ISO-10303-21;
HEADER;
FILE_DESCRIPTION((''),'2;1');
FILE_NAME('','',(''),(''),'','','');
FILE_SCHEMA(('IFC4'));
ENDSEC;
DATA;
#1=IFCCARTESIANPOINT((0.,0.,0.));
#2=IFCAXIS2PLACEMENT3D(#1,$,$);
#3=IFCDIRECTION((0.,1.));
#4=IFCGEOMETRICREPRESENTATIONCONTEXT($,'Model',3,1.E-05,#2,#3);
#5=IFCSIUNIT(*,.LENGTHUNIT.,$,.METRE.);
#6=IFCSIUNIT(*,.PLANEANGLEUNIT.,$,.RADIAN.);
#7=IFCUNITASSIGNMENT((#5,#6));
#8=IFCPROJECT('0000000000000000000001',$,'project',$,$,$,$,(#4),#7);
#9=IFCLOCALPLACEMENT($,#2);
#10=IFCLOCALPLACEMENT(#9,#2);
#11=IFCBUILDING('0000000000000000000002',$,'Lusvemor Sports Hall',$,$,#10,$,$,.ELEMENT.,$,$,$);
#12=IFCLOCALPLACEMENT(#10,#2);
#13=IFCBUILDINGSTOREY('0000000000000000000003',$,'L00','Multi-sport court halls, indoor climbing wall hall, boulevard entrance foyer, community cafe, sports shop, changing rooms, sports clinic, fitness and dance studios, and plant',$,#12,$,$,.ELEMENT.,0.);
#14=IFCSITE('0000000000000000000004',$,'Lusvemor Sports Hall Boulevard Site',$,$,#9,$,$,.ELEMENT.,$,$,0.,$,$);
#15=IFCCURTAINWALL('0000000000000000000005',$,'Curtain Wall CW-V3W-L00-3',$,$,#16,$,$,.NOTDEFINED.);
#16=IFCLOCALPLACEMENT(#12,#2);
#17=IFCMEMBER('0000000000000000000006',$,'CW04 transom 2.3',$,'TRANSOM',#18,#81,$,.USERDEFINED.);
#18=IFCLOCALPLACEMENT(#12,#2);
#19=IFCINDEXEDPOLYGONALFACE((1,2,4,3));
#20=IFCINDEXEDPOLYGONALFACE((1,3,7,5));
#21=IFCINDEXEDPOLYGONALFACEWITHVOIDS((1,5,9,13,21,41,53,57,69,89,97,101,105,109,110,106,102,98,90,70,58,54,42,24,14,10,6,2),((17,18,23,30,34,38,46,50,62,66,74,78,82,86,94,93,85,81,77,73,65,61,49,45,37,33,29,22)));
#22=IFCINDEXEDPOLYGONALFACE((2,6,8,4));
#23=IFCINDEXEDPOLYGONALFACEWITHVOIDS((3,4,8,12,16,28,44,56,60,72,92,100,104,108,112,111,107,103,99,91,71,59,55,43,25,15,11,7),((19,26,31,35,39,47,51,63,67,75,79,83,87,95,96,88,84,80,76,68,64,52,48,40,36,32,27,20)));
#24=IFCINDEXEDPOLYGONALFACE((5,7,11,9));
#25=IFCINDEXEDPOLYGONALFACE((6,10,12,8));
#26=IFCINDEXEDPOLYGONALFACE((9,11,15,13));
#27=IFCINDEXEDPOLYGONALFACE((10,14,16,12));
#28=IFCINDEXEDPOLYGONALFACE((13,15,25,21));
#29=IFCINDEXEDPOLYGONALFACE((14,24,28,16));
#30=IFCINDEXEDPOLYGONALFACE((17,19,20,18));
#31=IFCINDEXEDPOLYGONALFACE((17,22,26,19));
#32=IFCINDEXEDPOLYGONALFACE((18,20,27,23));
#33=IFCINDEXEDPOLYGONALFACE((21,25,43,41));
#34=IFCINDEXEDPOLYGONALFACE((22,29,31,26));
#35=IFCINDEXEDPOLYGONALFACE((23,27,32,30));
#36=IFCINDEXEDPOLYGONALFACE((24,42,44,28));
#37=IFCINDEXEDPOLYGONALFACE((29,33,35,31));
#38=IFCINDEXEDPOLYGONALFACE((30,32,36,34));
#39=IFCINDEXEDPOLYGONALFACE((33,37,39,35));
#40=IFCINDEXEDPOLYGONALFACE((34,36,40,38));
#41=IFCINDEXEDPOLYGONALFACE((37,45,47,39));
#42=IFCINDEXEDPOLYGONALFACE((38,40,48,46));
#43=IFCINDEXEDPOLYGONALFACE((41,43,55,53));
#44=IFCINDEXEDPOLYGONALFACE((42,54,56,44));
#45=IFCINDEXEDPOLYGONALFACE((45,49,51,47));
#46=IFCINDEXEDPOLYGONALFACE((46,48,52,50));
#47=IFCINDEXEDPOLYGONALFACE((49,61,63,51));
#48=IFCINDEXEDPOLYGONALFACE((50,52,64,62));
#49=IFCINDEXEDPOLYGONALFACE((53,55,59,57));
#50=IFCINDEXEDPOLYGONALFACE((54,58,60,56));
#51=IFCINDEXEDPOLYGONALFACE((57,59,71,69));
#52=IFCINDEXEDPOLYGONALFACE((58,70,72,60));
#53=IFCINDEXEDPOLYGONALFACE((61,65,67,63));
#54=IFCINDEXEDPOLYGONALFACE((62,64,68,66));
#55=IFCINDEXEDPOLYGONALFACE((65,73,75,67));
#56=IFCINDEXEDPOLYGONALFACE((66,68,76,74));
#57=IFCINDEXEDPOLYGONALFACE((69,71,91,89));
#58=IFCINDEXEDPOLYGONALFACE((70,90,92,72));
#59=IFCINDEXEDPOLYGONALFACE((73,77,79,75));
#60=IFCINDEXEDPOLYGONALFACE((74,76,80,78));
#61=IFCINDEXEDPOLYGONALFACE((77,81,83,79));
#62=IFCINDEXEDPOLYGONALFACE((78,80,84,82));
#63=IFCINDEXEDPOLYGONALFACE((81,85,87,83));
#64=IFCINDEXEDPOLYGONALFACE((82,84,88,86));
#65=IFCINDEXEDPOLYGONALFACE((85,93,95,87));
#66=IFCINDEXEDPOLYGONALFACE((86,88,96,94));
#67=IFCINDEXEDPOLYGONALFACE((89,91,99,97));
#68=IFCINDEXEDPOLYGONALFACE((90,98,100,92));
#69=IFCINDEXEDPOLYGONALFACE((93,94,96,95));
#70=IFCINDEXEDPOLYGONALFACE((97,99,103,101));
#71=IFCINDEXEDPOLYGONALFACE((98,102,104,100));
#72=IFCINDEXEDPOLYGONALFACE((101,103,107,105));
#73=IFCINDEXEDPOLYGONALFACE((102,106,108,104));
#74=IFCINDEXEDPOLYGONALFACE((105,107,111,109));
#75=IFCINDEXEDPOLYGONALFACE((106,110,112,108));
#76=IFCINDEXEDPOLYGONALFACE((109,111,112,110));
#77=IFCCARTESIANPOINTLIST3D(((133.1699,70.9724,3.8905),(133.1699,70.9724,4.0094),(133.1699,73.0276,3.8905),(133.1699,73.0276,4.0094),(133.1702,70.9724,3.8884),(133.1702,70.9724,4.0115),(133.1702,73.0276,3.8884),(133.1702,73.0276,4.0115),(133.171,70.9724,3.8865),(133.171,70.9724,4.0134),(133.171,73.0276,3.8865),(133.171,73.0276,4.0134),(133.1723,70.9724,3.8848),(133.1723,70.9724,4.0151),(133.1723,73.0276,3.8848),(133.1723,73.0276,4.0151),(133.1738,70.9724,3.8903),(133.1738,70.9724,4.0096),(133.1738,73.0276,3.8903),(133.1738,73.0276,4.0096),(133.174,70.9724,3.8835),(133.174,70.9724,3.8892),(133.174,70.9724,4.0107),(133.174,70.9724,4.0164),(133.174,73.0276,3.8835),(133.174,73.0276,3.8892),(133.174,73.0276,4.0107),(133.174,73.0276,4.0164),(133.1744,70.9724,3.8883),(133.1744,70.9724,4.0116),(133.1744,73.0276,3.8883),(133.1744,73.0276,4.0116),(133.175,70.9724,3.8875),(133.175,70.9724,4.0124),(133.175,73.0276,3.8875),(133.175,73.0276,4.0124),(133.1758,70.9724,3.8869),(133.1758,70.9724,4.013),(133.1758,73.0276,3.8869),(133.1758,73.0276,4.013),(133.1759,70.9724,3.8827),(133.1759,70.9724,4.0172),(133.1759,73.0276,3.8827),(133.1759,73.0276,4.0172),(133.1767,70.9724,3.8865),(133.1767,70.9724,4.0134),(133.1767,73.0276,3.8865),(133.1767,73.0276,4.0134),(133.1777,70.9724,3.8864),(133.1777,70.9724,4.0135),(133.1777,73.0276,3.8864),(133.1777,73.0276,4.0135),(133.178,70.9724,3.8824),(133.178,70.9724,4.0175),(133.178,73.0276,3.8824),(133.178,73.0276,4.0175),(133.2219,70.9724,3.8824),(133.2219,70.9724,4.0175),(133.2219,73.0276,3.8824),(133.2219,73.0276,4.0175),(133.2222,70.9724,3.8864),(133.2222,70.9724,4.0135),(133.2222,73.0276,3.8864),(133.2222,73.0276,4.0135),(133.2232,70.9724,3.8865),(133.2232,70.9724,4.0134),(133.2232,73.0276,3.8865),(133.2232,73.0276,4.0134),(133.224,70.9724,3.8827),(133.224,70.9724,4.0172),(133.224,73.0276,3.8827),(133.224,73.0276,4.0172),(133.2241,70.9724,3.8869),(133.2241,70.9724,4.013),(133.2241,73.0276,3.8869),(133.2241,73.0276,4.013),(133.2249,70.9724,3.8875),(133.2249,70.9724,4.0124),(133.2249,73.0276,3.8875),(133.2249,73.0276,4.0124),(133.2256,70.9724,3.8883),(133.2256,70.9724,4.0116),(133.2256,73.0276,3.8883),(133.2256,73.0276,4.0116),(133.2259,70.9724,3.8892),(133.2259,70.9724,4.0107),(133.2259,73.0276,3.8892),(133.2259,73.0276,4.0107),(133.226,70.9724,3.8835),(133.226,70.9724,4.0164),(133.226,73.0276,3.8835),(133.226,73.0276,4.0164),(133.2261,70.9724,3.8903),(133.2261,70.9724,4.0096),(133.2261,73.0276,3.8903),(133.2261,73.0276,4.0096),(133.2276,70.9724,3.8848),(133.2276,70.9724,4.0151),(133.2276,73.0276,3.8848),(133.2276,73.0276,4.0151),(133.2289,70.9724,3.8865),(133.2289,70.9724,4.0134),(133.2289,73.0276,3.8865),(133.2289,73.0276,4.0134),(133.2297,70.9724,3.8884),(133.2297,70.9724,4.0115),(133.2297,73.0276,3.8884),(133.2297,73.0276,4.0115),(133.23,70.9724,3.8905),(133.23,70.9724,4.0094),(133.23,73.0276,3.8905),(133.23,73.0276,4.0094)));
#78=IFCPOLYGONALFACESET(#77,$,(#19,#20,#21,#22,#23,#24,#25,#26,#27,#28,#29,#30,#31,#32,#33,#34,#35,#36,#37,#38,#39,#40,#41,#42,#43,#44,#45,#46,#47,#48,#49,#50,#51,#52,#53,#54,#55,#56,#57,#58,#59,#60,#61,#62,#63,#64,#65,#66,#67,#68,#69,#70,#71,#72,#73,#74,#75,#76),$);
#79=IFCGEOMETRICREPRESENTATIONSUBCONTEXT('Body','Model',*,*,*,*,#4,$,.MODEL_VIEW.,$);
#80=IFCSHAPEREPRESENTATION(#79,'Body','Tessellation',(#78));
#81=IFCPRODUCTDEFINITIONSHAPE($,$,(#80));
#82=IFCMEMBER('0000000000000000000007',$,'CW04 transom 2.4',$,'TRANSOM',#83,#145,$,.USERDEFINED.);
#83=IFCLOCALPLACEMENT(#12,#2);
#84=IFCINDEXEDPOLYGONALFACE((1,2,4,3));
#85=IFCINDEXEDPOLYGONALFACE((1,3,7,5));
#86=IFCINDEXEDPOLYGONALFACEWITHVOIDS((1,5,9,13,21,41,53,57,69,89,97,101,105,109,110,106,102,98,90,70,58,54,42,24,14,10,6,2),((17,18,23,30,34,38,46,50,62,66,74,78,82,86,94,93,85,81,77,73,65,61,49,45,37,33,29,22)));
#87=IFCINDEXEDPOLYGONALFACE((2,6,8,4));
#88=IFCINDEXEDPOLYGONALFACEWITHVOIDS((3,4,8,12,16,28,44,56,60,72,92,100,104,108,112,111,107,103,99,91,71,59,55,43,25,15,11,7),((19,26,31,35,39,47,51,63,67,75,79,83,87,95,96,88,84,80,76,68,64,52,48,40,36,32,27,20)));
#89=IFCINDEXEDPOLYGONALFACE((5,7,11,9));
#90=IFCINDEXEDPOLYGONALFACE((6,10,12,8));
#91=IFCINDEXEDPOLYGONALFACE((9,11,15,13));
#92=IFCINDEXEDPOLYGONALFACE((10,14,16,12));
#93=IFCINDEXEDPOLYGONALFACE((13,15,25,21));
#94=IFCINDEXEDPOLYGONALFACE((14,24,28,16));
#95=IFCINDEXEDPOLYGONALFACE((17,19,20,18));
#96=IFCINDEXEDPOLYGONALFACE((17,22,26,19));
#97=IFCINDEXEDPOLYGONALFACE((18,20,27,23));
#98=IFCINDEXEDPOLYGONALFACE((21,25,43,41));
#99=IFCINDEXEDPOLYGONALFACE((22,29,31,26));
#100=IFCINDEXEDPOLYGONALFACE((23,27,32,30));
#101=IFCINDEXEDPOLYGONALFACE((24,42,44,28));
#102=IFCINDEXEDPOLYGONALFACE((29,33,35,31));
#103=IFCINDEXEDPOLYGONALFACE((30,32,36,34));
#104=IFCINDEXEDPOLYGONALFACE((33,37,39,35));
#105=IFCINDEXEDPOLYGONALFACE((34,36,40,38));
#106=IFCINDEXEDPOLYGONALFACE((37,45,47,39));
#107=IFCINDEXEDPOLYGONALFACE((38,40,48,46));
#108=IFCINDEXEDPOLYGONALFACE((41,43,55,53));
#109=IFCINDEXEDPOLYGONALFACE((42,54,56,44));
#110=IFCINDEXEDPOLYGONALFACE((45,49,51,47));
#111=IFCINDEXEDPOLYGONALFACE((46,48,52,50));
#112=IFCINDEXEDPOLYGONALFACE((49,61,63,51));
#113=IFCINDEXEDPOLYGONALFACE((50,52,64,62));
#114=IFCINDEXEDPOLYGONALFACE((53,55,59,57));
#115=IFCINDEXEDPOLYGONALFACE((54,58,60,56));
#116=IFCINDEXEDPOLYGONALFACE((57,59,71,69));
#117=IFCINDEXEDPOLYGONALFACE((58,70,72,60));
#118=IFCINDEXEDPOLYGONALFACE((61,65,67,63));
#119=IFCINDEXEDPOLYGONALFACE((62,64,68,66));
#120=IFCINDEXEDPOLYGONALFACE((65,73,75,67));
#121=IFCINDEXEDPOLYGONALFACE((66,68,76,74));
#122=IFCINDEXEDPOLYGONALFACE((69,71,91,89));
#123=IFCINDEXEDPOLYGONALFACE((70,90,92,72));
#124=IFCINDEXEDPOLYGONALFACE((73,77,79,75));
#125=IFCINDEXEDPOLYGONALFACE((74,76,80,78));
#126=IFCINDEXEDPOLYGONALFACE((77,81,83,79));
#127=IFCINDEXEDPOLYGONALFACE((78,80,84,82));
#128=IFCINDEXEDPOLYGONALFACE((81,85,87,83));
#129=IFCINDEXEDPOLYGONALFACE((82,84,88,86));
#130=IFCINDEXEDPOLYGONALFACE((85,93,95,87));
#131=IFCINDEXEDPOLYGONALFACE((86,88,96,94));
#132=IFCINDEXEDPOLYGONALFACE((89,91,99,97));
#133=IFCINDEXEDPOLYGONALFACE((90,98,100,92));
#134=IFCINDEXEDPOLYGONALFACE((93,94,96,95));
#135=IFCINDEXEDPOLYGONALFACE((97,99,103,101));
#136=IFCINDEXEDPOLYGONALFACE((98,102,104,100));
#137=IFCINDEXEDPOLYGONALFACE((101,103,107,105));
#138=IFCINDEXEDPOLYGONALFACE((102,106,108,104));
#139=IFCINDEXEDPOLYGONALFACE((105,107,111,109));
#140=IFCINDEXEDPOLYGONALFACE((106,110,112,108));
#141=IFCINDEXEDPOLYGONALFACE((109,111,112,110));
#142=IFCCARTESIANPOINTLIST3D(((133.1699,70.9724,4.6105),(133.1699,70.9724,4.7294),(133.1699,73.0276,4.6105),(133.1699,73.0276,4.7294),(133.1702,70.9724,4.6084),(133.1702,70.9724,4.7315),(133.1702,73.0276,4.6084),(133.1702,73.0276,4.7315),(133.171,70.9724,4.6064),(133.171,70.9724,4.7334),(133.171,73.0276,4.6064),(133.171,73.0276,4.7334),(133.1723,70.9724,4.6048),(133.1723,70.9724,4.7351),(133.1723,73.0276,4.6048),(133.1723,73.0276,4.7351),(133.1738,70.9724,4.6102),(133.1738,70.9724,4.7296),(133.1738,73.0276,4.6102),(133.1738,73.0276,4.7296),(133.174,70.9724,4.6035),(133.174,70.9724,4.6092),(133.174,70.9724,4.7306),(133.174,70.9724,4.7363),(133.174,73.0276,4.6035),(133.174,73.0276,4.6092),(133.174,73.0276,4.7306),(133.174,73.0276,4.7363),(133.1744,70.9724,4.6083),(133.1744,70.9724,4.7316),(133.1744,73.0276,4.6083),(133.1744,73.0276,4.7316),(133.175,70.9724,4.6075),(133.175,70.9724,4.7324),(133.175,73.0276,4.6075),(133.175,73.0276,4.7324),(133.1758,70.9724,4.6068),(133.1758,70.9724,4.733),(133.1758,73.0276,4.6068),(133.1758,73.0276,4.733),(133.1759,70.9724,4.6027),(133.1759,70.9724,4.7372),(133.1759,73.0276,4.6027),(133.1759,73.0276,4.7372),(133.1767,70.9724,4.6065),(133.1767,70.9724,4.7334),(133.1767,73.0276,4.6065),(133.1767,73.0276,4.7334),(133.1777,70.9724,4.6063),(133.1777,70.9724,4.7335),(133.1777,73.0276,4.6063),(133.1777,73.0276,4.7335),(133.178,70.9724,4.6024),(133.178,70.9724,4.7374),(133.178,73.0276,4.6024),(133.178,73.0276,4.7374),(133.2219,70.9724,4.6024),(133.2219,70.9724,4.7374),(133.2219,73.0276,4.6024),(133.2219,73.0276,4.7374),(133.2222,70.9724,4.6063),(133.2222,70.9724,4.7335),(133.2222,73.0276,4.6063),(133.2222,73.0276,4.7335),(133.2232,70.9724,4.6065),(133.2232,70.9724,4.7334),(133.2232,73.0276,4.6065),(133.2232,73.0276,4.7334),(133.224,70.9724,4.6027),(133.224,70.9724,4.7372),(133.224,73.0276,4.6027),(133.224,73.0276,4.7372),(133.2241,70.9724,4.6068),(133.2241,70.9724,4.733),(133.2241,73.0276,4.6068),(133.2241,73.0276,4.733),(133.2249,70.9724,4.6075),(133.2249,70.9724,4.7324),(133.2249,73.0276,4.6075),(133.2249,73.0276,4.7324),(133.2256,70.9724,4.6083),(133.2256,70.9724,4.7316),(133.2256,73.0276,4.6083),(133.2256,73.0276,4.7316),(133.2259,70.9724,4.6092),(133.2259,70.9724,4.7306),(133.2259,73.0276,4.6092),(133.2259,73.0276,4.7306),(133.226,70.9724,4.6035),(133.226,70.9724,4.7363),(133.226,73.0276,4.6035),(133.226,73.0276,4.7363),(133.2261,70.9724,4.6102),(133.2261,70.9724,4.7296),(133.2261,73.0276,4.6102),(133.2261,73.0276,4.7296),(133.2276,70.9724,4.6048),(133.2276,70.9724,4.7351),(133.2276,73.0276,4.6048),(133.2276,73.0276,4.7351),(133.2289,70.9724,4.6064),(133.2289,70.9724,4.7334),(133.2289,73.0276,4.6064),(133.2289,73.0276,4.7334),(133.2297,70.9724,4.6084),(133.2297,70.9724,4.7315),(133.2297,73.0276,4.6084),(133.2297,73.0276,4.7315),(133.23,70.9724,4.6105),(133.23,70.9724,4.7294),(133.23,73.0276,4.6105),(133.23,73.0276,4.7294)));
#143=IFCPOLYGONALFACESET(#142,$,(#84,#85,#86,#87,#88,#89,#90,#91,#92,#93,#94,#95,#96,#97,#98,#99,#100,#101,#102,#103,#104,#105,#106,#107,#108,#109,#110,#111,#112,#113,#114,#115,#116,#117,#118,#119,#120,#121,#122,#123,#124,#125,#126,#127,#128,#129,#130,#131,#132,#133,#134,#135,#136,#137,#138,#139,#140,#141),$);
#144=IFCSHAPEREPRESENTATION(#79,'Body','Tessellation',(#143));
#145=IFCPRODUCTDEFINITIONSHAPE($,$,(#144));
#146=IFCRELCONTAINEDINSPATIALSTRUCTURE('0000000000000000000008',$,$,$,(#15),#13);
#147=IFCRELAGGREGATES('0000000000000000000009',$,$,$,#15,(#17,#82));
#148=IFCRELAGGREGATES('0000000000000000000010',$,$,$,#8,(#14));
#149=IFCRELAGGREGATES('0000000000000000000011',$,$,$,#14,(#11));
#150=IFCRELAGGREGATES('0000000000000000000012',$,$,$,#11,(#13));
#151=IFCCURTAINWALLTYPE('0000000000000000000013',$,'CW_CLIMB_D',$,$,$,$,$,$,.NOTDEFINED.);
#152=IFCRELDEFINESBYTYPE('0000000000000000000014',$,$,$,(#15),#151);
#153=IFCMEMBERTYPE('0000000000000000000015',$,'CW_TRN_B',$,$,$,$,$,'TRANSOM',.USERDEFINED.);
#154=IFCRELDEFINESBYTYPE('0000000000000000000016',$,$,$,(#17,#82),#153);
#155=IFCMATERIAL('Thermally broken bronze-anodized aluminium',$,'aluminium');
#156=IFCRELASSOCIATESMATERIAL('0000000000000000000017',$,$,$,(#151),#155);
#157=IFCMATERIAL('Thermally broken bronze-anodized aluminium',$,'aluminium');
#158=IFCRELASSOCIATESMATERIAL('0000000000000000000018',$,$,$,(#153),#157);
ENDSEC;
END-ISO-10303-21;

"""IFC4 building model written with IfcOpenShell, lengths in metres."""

from ifc_helpers import new_model, si_unit, direction, frame, origin, origin_2d, place, context, subcontext, project, spatial, hollow_rectangle, extrude, material, material_profile, profile_set, type_object, element, aggregate, save


model = new_model("IFC4")

# Units and contexts
model_context = context("Model", 3, precision=1e-05, world=origin(), true_north=direction((0.0, 1.0)))
body_context = subcontext(model_context, "Body", "Model", "MODEL_VIEW")
ifc_project = project(units=[si_unit("LENGTHUNIT", "METRE"), si_unit("PLANEANGLEUNIT", "RADIAN")], contexts=[model_context])

# Site, building, storey
site_placement = place(None, origin())
site = spatial("IfcSite", under=ifc_project, at=site_placement, Name="Lusvemor Sports Hall Boulevard Site", CompositionType="ELEMENT", RefElevation=0.0)
building_placement = place(site_placement, origin())
building = spatial("IfcBuilding", under=site, at=building_placement, Name="Lusvemor Sports Hall", CompositionType="ELEMENT")
storey_placement = place(building_placement, origin())
storey = spatial("IfcBuildingStorey", under=building, at=storey_placement, Name="L00", Description="Multi-sport court halls, indoor climbing wall hall, boulevard entrance foyer, community cafe, sports shop, changing rooms, sports clinic, fitness and dance studios, and plant", CompositionType="ELEMENT", Elevation=0.0)

# Shared definitions
ifc_material_1 = material(Name="Thermally broken bronze-anodized aluminium", Category="aluminium")
curtain_wall_type = type_object("IfcCurtainWallType", Name="CW_CLIMB_D", PredefinedType="NOTDEFINED", material=ifc_material_1)

# Curtain wall, members
curtain_wall_1_placement = place(storey_placement, origin())
curtain_wall_1 = element("IfcCurtainWall", 1, at=curtain_wall_1_placement, inside=storey, type_object=curtain_wall_type, Name="Curtain Wall CW-V3W-L00-3", PredefinedType="NOTDEFINED")
ifc_material_2 = material(Name="Thermally broken bronze-anodized aluminium", Category="aluminium")
ifc_material_profile_1 = material_profile(ifc_material_2, hollow_rectangle(XDim=0.0601, YDim=0.135, WallThickness=0.0039, InnerFilletRadius=0.0039, OuterFilletRadius=0.0081, at=origin_2d()), Name="CWTRN135x60x4")
ifc_profile_set_1 = profile_set([ifc_material_profile_1], Name="Thermally broken bronze-anodized aluminium")
member_type_1 = type_object("IfcMemberType", Name="CW_TRN_B", ElementType="TRANSOM", PredefinedType="USERDEFINED", material=ifc_profile_set_1)
member_1_placement = place(storey_placement, frame((133.2, 70.9724, 3.95), z_axis=(0.0, 1.0, 0.0), x_axis=(-1.0, 0.0, 0.0)))
member_1 = element("IfcMember", 2, at=member_1_placement, type_object=member_type_1, Name="CW04 transom 2.3", ObjectType="TRANSOM", PredefinedType="USERDEFINED", context=body_context, shape_type="SweptSolid", body=[
    extrude(hollow_rectangle(XDim=0.0601, YDim=0.135, WallThickness=0.0039, InnerFilletRadius=0.0039, OuterFilletRadius=0.0081, at=origin_2d()), origin(), (0.0, 0.0, 1.0), 2.0552),
])
member_2_placement = place(storey_placement, frame((133.2, 70.9724, 4.6699), z_axis=(0.0, 1.0, 0.0), x_axis=(-1.0, 0.0, 0.0)))
member_2 = element("IfcMember", 3, at=member_2_placement, type_object=member_type_1, Name="CW04 transom 2.4", ObjectType="TRANSOM", PredefinedType="USERDEFINED", context=body_context, shape_type="SweptSolid", body=[
    extrude(hollow_rectangle(XDim=0.0601, YDim=0.135, WallThickness=0.0039, InnerFilletRadius=0.0039, OuterFilletRadius=0.0081, at=origin_2d()), origin(), (0.0, 0.0, 1.0), 2.0552),
])
aggregate(curtain_wall_1, [member_1, member_2])

save(model, "model.ifc")
